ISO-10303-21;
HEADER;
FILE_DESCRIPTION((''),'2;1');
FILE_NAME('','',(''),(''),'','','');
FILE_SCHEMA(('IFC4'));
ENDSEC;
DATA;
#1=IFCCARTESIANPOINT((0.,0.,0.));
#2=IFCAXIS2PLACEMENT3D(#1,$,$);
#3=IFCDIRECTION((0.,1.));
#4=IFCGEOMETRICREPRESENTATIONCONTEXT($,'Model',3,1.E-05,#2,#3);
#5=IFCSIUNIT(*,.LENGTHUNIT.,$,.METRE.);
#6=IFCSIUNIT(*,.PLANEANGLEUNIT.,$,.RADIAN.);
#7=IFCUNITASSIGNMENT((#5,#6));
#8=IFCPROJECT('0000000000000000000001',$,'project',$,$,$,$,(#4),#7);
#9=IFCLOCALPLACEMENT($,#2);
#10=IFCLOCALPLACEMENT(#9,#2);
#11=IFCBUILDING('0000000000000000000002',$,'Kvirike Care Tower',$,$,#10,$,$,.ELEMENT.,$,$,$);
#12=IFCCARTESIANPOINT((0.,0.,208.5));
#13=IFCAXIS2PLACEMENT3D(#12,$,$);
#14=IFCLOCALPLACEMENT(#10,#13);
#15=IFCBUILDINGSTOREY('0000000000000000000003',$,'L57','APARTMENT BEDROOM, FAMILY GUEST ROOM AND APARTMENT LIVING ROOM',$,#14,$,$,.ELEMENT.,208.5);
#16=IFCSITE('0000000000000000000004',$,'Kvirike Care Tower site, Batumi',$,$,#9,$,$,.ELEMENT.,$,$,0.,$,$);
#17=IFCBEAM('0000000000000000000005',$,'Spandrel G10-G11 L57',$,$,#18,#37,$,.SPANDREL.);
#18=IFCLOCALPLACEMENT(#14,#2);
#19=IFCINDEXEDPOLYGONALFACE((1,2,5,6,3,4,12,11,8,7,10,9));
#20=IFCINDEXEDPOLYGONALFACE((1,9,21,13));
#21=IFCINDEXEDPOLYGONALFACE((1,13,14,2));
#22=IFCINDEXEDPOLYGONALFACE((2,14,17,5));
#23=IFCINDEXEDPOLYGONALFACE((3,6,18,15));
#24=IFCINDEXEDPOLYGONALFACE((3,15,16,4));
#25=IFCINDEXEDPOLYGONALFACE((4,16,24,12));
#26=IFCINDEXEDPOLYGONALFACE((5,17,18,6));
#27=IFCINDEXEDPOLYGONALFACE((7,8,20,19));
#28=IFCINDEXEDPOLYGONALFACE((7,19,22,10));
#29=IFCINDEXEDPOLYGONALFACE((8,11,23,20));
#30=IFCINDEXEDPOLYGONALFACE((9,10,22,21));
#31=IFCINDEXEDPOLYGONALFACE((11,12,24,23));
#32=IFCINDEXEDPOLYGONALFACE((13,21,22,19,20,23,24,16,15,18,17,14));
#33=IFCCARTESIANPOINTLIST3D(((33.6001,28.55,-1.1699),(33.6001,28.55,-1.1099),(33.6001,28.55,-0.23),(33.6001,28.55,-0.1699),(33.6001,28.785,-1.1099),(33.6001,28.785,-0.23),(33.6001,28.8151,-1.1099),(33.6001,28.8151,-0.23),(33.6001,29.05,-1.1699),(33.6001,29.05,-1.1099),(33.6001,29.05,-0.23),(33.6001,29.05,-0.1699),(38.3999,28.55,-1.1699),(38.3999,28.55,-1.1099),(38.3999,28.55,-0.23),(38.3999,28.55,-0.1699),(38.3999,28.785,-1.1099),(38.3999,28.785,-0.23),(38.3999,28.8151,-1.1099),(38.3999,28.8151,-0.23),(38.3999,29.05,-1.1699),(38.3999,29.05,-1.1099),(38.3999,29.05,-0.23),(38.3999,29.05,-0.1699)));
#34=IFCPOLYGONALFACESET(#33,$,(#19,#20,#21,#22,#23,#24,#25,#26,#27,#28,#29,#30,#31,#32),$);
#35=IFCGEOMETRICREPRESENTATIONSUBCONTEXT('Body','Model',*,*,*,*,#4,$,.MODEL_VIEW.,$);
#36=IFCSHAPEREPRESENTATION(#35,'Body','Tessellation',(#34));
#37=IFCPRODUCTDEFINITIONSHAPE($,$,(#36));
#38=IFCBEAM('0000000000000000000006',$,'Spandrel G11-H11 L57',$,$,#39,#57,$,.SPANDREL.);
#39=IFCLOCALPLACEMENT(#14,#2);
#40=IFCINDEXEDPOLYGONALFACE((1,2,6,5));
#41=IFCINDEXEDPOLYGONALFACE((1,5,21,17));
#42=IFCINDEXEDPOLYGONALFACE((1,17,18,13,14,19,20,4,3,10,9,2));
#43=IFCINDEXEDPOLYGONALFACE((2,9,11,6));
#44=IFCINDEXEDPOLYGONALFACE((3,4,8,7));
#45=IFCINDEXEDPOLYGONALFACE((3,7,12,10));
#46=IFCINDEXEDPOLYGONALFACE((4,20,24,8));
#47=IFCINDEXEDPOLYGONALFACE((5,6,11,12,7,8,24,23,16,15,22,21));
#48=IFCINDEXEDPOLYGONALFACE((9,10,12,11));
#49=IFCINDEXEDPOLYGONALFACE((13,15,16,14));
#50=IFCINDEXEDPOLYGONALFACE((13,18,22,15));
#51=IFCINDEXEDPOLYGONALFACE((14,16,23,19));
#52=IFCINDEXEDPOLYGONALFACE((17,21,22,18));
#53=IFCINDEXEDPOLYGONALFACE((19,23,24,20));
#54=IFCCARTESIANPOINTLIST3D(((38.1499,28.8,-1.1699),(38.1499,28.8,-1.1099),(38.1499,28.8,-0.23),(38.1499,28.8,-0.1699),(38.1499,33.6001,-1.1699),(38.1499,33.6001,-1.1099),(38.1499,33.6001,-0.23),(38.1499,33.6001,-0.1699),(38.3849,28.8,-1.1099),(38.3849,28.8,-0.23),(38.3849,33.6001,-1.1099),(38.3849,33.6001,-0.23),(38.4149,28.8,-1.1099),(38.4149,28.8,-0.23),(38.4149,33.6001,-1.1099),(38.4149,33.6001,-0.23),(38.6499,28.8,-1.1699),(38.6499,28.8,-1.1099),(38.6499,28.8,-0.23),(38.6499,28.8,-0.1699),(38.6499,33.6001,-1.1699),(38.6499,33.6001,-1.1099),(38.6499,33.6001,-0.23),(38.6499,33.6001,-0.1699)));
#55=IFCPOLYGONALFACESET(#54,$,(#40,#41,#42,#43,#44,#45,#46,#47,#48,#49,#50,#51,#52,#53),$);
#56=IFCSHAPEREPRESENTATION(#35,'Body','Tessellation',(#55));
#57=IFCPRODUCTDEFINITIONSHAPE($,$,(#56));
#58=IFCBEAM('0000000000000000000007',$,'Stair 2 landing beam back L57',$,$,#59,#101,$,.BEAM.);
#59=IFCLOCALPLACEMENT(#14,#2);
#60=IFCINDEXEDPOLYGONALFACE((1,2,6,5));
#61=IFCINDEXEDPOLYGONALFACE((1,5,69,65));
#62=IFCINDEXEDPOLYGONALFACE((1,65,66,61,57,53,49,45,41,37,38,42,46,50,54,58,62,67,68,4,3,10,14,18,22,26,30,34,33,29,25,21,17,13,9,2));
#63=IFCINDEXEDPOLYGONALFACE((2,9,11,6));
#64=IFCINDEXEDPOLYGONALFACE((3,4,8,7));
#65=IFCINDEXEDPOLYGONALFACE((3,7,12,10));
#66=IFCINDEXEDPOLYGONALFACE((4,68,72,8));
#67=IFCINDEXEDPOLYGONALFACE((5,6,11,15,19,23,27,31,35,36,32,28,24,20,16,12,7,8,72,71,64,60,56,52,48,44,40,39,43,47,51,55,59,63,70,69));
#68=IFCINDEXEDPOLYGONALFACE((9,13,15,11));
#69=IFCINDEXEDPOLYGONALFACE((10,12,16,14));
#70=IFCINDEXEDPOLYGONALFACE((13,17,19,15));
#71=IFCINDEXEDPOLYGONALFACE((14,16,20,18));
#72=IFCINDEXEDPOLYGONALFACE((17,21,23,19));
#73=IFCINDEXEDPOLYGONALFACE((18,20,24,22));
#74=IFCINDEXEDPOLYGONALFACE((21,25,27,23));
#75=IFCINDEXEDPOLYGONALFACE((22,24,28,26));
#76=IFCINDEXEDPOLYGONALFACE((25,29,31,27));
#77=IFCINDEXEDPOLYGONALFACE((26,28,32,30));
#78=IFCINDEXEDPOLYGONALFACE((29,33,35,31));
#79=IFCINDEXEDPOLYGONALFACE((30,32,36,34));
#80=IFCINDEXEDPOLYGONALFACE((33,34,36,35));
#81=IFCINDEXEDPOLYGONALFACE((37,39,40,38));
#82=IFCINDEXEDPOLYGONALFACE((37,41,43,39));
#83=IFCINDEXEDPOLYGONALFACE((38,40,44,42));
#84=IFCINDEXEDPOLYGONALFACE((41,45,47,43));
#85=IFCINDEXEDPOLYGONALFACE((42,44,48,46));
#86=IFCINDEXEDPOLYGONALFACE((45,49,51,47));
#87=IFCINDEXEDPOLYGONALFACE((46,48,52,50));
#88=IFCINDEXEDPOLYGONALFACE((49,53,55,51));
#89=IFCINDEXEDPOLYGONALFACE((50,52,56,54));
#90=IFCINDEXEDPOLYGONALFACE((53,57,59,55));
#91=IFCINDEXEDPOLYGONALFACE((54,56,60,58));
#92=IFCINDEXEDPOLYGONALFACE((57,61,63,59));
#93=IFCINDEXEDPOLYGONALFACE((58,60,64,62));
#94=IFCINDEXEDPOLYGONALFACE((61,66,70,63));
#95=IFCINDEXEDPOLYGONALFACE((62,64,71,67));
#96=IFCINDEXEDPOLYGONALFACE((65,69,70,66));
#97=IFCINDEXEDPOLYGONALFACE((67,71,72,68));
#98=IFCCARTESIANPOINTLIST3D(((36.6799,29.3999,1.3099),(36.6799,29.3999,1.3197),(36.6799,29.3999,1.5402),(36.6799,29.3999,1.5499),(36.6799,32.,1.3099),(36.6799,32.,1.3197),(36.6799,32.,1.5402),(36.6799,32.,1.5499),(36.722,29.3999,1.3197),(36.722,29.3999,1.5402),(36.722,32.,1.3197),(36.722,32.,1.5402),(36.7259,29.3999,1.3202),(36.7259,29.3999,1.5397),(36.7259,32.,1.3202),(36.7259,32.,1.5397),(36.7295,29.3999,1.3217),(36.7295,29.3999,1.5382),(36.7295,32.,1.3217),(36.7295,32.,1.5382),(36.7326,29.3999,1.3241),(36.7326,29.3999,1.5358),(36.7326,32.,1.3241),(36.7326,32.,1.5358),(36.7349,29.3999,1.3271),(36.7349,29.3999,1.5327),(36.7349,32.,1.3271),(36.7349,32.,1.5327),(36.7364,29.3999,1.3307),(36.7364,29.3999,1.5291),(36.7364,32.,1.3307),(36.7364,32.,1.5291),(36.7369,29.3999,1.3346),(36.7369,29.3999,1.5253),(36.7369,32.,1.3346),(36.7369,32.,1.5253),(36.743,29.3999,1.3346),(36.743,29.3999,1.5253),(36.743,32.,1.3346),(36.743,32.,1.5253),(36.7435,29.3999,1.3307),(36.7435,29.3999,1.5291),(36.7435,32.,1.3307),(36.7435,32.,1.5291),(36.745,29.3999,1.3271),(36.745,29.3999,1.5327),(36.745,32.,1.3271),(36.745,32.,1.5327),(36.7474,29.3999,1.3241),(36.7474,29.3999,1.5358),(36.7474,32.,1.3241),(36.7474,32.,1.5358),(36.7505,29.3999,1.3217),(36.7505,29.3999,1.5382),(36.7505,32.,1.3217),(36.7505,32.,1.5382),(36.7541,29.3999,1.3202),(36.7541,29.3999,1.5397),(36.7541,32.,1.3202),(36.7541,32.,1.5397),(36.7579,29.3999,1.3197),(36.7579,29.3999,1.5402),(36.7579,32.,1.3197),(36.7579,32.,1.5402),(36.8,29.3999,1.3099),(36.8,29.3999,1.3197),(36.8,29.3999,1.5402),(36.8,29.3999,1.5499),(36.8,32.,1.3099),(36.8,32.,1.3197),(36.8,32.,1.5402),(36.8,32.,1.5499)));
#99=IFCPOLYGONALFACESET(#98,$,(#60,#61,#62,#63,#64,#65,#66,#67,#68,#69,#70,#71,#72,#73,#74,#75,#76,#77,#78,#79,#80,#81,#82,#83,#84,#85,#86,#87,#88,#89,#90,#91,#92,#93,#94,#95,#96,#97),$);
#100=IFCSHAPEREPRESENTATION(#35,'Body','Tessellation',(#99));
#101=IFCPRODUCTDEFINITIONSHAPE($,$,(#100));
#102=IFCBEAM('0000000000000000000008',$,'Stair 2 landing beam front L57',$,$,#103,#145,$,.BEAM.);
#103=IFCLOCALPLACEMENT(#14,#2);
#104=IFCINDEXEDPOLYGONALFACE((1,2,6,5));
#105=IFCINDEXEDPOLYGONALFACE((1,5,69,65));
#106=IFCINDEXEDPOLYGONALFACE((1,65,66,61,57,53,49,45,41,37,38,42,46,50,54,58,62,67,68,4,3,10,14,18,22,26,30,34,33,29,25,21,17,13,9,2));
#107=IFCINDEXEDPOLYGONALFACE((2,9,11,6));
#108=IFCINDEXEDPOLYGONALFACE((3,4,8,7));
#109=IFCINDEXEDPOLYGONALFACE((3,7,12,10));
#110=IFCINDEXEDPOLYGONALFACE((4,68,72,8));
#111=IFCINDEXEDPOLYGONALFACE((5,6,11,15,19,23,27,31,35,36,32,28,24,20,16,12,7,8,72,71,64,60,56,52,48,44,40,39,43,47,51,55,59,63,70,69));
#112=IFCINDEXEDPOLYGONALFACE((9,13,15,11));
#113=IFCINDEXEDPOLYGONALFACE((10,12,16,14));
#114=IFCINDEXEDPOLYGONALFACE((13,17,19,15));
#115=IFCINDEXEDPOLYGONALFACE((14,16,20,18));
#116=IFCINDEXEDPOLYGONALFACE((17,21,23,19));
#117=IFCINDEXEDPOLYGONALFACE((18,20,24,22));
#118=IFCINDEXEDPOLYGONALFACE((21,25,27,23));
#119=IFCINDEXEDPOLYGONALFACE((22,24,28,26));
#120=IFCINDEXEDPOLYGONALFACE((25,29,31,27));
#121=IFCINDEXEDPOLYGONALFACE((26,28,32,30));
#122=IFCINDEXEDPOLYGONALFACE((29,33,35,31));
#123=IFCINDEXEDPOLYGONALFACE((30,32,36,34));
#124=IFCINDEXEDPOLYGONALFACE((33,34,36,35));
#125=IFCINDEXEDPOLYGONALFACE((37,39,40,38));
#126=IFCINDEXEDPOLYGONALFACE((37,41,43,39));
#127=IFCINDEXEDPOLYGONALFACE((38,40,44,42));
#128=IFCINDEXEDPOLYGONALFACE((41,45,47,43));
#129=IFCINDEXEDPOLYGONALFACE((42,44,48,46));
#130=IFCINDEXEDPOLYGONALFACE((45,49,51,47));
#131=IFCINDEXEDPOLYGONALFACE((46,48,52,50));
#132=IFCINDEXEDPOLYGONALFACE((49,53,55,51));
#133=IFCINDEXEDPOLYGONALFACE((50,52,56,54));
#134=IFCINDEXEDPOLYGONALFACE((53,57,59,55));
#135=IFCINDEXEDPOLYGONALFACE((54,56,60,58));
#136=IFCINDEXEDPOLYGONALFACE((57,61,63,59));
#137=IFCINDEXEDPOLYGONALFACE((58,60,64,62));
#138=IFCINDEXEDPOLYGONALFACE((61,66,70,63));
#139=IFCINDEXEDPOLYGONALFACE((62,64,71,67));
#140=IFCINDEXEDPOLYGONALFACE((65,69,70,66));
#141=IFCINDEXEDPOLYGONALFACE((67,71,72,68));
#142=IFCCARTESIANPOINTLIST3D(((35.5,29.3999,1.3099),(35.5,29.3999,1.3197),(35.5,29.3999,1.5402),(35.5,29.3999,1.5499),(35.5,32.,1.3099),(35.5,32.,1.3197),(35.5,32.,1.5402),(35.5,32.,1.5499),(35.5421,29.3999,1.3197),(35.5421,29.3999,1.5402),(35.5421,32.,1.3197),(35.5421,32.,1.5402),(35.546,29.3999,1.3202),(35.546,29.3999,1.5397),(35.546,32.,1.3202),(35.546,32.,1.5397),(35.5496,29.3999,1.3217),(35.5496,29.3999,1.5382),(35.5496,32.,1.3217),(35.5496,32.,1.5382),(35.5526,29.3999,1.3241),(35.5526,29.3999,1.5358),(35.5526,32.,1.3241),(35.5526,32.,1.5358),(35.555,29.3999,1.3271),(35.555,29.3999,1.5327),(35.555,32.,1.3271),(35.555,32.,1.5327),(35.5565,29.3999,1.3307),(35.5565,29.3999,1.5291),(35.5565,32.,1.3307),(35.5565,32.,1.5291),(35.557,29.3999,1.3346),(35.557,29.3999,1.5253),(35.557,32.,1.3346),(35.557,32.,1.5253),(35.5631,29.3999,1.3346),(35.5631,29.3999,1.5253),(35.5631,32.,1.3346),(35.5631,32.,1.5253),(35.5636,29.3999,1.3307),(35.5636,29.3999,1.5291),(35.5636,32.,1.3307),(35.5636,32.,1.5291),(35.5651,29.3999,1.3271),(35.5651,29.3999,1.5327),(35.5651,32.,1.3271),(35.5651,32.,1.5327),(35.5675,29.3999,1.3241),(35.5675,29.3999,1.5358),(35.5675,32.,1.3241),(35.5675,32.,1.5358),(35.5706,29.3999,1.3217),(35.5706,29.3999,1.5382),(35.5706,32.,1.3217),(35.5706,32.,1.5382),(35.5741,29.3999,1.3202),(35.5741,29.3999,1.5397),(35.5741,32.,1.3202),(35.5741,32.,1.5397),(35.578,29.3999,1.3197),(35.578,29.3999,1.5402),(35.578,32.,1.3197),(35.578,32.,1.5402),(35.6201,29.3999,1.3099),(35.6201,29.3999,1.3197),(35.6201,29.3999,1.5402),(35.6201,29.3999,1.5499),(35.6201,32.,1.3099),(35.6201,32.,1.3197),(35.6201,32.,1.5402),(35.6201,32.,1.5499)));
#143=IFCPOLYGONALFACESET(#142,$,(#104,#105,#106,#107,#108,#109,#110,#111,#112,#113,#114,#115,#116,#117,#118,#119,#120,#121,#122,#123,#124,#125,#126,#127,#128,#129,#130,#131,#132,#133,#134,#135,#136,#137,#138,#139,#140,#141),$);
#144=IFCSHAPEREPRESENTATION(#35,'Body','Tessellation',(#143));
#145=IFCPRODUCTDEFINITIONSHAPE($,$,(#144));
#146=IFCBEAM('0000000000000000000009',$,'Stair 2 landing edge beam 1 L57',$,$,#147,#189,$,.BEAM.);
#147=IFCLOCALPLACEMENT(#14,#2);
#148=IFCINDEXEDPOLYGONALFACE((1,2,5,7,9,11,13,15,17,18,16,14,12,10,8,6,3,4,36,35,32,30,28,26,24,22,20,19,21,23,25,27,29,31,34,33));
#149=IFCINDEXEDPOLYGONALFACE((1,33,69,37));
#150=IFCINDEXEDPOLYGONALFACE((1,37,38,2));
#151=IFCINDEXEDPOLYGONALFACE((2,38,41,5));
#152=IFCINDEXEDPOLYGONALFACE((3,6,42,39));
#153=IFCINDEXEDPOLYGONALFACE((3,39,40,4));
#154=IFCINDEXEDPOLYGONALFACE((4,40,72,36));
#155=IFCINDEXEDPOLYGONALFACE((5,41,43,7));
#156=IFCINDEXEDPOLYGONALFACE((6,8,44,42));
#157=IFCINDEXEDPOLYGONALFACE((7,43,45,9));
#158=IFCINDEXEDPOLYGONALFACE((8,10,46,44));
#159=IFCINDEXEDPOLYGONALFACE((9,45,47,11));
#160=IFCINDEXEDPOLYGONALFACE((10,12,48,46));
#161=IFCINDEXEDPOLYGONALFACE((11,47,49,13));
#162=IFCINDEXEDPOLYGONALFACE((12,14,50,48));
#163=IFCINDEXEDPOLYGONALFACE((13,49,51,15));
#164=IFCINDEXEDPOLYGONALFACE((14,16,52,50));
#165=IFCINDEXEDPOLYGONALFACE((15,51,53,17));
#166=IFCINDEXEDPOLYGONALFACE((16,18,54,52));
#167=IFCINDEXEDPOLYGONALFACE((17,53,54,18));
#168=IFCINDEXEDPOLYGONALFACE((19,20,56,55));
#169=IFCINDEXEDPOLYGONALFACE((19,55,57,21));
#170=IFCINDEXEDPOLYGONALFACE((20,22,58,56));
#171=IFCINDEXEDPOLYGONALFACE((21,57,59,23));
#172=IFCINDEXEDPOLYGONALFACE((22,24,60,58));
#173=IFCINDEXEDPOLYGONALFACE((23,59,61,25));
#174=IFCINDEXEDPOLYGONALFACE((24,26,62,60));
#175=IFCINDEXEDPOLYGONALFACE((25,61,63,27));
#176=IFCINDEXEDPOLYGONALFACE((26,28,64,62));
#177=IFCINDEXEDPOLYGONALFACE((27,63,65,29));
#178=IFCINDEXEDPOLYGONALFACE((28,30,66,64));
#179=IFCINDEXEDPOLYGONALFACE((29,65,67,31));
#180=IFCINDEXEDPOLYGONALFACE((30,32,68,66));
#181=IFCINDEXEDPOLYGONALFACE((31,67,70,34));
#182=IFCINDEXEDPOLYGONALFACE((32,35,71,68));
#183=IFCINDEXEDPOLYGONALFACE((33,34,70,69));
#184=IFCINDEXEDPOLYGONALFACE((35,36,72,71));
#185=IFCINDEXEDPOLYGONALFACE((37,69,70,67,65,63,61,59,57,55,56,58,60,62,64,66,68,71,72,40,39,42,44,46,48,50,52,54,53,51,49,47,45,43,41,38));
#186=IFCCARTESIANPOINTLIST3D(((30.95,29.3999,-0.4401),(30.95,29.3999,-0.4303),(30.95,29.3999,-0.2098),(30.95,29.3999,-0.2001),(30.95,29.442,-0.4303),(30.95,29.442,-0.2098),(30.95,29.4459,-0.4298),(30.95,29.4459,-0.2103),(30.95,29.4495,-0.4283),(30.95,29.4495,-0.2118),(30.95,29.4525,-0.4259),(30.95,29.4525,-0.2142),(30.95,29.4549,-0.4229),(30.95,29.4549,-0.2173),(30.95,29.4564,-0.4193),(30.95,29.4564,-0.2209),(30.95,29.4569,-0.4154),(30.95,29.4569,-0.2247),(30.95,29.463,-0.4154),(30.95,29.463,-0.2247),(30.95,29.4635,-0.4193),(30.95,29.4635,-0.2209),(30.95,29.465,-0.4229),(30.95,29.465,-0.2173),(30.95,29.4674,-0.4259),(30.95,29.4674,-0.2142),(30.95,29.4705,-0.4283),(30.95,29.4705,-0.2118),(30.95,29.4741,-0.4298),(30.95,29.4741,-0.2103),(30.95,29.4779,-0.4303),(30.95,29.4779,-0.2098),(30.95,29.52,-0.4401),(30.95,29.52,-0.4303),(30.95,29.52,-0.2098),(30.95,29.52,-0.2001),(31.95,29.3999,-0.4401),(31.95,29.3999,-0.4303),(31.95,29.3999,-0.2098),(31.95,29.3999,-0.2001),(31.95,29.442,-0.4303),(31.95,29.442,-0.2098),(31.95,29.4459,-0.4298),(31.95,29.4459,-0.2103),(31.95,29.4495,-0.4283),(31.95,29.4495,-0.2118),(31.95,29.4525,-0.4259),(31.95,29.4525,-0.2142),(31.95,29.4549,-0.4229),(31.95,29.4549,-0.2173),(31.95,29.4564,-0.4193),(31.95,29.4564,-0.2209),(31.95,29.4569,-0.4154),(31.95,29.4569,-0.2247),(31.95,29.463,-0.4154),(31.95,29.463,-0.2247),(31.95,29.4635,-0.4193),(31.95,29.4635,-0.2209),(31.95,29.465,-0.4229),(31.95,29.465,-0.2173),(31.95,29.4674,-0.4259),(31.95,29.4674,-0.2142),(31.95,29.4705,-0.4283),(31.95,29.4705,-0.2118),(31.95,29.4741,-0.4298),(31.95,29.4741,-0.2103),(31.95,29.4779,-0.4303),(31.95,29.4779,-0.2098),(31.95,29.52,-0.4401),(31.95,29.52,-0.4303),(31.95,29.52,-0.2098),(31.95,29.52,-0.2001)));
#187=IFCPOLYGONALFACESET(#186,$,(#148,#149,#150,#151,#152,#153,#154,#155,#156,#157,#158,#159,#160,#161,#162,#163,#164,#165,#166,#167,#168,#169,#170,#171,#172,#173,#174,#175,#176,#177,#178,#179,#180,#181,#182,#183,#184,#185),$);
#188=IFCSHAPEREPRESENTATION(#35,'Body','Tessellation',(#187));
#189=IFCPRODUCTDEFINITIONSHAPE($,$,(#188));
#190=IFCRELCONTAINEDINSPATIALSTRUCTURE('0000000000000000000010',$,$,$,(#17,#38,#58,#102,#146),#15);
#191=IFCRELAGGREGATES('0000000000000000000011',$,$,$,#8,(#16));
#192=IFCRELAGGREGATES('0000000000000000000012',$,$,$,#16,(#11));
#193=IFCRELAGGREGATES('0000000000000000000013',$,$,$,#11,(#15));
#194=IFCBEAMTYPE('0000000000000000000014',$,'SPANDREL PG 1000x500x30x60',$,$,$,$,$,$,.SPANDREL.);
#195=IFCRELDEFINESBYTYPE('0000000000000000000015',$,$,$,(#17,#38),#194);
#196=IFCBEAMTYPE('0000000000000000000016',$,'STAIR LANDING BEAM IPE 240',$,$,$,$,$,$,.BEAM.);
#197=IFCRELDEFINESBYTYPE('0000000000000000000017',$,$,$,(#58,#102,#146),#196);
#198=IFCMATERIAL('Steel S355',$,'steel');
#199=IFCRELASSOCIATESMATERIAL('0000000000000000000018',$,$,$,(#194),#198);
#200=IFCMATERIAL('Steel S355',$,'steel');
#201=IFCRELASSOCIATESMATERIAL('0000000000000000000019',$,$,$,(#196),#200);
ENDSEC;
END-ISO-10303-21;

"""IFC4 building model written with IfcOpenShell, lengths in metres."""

from ifc_helpers import new_model, si_unit, direction, frame, origin, origin_2d, place, context, subcontext, project, spatial, i_section, extrude, material, material_profile, profile_set, type_object, element, save


model = new_model("IFC4")

# Units and contexts
model_context = context("Model", 3, precision=1e-05, world=origin(), true_north=direction((0.0, 1.0)))
body_context = subcontext(model_context, "Body", "Model", "MODEL_VIEW")
ifc_project = project(units=[si_unit("LENGTHUNIT", "METRE"), si_unit("PLANEANGLEUNIT", "RADIAN")], contexts=[model_context])

# Site, building, storey
site_placement = place(None, origin())
site = spatial("IfcSite", under=ifc_project, at=site_placement, Name="Kvirike Care Tower site, Batumi", CompositionType="ELEMENT", RefElevation=0.0)
building_placement = place(site_placement, origin())
building = spatial("IfcBuilding", under=site, at=building_placement, Name="Kvirike Care Tower", CompositionType="ELEMENT")
storey_placement = place(building_placement, frame((0.0, 0.0, 208.5)))
storey = spatial("IfcBuildingStorey", under=building, at=storey_placement, Name="L57", Description="APARTMENT BEDROOM, FAMILY GUEST ROOM AND APARTMENT LIVING ROOM", CompositionType="ELEMENT", Elevation=208.5)

# Beams
ifc_material_1 = material(Name="Steel S355", Category="steel")
ifc_material_profile_1 = material_profile(ifc_material_1, i_section(OverallWidth=0.5, OverallDepth=1.0, WebThickness=0.03, FlangeThickness=0.0601, at=origin_2d()), Name="PG 1000x500x30x60")
ifc_profile_set_1 = profile_set([ifc_material_profile_1], Name="Steel S355")
beam_type_1 = type_object("IfcBeamType", Name="SPANDREL PG 1000x500x30x60", PredefinedType="SPANDREL", material=ifc_profile_set_1)
beam_1_placement = place(storey_placement, frame((33.6001, 28.8, -0.6699), z_axis=(1.0, 0.0, 0.0), x_axis=(0.0, 1.0, 0.0)))
element("IfcBeam", 1, at=beam_1_placement, inside=storey, type_object=beam_type_1, Name="Spandrel G10-G11 L57", PredefinedType="SPANDREL", context=body_context, shape_type="SweptSolid", body=[
    extrude(i_section(OverallWidth=0.5, OverallDepth=1.0, WebThickness=0.03, FlangeThickness=0.0601, at=origin_2d()), origin(), (0.0, 0.0, 1.0), 4.7998),
])
beam_2_placement = place(storey_placement, frame((38.3999, 28.8, -0.6699), z_axis=(0.0, 1.0, 0.0), x_axis=(-1.0, 0.0, 0.0)))
element("IfcBeam", 2, at=beam_2_placement, inside=storey, type_object=beam_type_1, Name="Spandrel G11-H11 L57", PredefinedType="SPANDREL", context=body_context, shape_type="SweptSolid", body=[
    extrude(i_section(OverallWidth=0.5, OverallDepth=1.0, WebThickness=0.03, FlangeThickness=0.0601, at=origin_2d()), origin(), (0.0, 0.0, 1.0), 4.8),
])
ifc_material_2 = material(Name="Steel S355", Category="steel")
ifc_material_profile_2 = material_profile(ifc_material_2, i_section(OverallWidth=0.1201, OverallDepth=0.24, WebThickness=0.0061, FlangeThickness=0.0098, FilletRadius=0.0149, at=origin_2d()), Name="IPE 240")
ifc_profile_set_2 = profile_set([ifc_material_profile_2], Name="Steel S355")
beam_type_2 = type_object("IfcBeamType", Name="STAIR LANDING BEAM IPE 240", PredefinedType="BEAM", material=ifc_profile_set_2)
for number, where, z_axis, x_axis, name in (
    (3, (36.74, 29.3999, 1.4299), (0.0, 1.0, 0.0), (-1.0, 0.0, 0.0), "Stair 2 landing beam back L57"),
    (4, (35.5601, 29.3999, 1.4299), (0.0, 1.0, 0.0), (-1.0, 0.0, 0.0), "Stair 2 landing beam front L57"),
):
    element("IfcBeam", number, at=place(storey_placement, frame(where, z_axis=z_axis, x_axis=x_axis)), inside=storey, type_object=beam_type_2, Name=name, PredefinedType="BEAM", context=body_context, shape_type="SweptSolid", body=[
        extrude(i_section(OverallWidth=0.1201, OverallDepth=0.24, WebThickness=0.0061, FlangeThickness=0.0098, FilletRadius=0.0149, at=origin_2d()), origin(), (0.0, 0.0, 1.0), 2.6001),
    ])
beam_3_placement = place(storey_placement, frame((31.95, 29.46, -0.3201), z_axis=(-1.0, 0.0, 0.0), x_axis=(0.0, -1.0, 0.0)))
element("IfcBeam", 5, at=beam_3_placement, inside=storey, type_object=beam_type_2, Name="Stair 2 landing edge beam 1 L57", PredefinedType="BEAM", context=body_context, shape_type="SweptSolid", body=[
    extrude(i_section(OverallWidth=0.1201, OverallDepth=0.24, WebThickness=0.0061, FlangeThickness=0.0098, FilletRadius=0.0149, at=origin_2d()), origin(), (0.0, 0.0, 1.0), 1.0),
])

save(model, "model.ifc")
